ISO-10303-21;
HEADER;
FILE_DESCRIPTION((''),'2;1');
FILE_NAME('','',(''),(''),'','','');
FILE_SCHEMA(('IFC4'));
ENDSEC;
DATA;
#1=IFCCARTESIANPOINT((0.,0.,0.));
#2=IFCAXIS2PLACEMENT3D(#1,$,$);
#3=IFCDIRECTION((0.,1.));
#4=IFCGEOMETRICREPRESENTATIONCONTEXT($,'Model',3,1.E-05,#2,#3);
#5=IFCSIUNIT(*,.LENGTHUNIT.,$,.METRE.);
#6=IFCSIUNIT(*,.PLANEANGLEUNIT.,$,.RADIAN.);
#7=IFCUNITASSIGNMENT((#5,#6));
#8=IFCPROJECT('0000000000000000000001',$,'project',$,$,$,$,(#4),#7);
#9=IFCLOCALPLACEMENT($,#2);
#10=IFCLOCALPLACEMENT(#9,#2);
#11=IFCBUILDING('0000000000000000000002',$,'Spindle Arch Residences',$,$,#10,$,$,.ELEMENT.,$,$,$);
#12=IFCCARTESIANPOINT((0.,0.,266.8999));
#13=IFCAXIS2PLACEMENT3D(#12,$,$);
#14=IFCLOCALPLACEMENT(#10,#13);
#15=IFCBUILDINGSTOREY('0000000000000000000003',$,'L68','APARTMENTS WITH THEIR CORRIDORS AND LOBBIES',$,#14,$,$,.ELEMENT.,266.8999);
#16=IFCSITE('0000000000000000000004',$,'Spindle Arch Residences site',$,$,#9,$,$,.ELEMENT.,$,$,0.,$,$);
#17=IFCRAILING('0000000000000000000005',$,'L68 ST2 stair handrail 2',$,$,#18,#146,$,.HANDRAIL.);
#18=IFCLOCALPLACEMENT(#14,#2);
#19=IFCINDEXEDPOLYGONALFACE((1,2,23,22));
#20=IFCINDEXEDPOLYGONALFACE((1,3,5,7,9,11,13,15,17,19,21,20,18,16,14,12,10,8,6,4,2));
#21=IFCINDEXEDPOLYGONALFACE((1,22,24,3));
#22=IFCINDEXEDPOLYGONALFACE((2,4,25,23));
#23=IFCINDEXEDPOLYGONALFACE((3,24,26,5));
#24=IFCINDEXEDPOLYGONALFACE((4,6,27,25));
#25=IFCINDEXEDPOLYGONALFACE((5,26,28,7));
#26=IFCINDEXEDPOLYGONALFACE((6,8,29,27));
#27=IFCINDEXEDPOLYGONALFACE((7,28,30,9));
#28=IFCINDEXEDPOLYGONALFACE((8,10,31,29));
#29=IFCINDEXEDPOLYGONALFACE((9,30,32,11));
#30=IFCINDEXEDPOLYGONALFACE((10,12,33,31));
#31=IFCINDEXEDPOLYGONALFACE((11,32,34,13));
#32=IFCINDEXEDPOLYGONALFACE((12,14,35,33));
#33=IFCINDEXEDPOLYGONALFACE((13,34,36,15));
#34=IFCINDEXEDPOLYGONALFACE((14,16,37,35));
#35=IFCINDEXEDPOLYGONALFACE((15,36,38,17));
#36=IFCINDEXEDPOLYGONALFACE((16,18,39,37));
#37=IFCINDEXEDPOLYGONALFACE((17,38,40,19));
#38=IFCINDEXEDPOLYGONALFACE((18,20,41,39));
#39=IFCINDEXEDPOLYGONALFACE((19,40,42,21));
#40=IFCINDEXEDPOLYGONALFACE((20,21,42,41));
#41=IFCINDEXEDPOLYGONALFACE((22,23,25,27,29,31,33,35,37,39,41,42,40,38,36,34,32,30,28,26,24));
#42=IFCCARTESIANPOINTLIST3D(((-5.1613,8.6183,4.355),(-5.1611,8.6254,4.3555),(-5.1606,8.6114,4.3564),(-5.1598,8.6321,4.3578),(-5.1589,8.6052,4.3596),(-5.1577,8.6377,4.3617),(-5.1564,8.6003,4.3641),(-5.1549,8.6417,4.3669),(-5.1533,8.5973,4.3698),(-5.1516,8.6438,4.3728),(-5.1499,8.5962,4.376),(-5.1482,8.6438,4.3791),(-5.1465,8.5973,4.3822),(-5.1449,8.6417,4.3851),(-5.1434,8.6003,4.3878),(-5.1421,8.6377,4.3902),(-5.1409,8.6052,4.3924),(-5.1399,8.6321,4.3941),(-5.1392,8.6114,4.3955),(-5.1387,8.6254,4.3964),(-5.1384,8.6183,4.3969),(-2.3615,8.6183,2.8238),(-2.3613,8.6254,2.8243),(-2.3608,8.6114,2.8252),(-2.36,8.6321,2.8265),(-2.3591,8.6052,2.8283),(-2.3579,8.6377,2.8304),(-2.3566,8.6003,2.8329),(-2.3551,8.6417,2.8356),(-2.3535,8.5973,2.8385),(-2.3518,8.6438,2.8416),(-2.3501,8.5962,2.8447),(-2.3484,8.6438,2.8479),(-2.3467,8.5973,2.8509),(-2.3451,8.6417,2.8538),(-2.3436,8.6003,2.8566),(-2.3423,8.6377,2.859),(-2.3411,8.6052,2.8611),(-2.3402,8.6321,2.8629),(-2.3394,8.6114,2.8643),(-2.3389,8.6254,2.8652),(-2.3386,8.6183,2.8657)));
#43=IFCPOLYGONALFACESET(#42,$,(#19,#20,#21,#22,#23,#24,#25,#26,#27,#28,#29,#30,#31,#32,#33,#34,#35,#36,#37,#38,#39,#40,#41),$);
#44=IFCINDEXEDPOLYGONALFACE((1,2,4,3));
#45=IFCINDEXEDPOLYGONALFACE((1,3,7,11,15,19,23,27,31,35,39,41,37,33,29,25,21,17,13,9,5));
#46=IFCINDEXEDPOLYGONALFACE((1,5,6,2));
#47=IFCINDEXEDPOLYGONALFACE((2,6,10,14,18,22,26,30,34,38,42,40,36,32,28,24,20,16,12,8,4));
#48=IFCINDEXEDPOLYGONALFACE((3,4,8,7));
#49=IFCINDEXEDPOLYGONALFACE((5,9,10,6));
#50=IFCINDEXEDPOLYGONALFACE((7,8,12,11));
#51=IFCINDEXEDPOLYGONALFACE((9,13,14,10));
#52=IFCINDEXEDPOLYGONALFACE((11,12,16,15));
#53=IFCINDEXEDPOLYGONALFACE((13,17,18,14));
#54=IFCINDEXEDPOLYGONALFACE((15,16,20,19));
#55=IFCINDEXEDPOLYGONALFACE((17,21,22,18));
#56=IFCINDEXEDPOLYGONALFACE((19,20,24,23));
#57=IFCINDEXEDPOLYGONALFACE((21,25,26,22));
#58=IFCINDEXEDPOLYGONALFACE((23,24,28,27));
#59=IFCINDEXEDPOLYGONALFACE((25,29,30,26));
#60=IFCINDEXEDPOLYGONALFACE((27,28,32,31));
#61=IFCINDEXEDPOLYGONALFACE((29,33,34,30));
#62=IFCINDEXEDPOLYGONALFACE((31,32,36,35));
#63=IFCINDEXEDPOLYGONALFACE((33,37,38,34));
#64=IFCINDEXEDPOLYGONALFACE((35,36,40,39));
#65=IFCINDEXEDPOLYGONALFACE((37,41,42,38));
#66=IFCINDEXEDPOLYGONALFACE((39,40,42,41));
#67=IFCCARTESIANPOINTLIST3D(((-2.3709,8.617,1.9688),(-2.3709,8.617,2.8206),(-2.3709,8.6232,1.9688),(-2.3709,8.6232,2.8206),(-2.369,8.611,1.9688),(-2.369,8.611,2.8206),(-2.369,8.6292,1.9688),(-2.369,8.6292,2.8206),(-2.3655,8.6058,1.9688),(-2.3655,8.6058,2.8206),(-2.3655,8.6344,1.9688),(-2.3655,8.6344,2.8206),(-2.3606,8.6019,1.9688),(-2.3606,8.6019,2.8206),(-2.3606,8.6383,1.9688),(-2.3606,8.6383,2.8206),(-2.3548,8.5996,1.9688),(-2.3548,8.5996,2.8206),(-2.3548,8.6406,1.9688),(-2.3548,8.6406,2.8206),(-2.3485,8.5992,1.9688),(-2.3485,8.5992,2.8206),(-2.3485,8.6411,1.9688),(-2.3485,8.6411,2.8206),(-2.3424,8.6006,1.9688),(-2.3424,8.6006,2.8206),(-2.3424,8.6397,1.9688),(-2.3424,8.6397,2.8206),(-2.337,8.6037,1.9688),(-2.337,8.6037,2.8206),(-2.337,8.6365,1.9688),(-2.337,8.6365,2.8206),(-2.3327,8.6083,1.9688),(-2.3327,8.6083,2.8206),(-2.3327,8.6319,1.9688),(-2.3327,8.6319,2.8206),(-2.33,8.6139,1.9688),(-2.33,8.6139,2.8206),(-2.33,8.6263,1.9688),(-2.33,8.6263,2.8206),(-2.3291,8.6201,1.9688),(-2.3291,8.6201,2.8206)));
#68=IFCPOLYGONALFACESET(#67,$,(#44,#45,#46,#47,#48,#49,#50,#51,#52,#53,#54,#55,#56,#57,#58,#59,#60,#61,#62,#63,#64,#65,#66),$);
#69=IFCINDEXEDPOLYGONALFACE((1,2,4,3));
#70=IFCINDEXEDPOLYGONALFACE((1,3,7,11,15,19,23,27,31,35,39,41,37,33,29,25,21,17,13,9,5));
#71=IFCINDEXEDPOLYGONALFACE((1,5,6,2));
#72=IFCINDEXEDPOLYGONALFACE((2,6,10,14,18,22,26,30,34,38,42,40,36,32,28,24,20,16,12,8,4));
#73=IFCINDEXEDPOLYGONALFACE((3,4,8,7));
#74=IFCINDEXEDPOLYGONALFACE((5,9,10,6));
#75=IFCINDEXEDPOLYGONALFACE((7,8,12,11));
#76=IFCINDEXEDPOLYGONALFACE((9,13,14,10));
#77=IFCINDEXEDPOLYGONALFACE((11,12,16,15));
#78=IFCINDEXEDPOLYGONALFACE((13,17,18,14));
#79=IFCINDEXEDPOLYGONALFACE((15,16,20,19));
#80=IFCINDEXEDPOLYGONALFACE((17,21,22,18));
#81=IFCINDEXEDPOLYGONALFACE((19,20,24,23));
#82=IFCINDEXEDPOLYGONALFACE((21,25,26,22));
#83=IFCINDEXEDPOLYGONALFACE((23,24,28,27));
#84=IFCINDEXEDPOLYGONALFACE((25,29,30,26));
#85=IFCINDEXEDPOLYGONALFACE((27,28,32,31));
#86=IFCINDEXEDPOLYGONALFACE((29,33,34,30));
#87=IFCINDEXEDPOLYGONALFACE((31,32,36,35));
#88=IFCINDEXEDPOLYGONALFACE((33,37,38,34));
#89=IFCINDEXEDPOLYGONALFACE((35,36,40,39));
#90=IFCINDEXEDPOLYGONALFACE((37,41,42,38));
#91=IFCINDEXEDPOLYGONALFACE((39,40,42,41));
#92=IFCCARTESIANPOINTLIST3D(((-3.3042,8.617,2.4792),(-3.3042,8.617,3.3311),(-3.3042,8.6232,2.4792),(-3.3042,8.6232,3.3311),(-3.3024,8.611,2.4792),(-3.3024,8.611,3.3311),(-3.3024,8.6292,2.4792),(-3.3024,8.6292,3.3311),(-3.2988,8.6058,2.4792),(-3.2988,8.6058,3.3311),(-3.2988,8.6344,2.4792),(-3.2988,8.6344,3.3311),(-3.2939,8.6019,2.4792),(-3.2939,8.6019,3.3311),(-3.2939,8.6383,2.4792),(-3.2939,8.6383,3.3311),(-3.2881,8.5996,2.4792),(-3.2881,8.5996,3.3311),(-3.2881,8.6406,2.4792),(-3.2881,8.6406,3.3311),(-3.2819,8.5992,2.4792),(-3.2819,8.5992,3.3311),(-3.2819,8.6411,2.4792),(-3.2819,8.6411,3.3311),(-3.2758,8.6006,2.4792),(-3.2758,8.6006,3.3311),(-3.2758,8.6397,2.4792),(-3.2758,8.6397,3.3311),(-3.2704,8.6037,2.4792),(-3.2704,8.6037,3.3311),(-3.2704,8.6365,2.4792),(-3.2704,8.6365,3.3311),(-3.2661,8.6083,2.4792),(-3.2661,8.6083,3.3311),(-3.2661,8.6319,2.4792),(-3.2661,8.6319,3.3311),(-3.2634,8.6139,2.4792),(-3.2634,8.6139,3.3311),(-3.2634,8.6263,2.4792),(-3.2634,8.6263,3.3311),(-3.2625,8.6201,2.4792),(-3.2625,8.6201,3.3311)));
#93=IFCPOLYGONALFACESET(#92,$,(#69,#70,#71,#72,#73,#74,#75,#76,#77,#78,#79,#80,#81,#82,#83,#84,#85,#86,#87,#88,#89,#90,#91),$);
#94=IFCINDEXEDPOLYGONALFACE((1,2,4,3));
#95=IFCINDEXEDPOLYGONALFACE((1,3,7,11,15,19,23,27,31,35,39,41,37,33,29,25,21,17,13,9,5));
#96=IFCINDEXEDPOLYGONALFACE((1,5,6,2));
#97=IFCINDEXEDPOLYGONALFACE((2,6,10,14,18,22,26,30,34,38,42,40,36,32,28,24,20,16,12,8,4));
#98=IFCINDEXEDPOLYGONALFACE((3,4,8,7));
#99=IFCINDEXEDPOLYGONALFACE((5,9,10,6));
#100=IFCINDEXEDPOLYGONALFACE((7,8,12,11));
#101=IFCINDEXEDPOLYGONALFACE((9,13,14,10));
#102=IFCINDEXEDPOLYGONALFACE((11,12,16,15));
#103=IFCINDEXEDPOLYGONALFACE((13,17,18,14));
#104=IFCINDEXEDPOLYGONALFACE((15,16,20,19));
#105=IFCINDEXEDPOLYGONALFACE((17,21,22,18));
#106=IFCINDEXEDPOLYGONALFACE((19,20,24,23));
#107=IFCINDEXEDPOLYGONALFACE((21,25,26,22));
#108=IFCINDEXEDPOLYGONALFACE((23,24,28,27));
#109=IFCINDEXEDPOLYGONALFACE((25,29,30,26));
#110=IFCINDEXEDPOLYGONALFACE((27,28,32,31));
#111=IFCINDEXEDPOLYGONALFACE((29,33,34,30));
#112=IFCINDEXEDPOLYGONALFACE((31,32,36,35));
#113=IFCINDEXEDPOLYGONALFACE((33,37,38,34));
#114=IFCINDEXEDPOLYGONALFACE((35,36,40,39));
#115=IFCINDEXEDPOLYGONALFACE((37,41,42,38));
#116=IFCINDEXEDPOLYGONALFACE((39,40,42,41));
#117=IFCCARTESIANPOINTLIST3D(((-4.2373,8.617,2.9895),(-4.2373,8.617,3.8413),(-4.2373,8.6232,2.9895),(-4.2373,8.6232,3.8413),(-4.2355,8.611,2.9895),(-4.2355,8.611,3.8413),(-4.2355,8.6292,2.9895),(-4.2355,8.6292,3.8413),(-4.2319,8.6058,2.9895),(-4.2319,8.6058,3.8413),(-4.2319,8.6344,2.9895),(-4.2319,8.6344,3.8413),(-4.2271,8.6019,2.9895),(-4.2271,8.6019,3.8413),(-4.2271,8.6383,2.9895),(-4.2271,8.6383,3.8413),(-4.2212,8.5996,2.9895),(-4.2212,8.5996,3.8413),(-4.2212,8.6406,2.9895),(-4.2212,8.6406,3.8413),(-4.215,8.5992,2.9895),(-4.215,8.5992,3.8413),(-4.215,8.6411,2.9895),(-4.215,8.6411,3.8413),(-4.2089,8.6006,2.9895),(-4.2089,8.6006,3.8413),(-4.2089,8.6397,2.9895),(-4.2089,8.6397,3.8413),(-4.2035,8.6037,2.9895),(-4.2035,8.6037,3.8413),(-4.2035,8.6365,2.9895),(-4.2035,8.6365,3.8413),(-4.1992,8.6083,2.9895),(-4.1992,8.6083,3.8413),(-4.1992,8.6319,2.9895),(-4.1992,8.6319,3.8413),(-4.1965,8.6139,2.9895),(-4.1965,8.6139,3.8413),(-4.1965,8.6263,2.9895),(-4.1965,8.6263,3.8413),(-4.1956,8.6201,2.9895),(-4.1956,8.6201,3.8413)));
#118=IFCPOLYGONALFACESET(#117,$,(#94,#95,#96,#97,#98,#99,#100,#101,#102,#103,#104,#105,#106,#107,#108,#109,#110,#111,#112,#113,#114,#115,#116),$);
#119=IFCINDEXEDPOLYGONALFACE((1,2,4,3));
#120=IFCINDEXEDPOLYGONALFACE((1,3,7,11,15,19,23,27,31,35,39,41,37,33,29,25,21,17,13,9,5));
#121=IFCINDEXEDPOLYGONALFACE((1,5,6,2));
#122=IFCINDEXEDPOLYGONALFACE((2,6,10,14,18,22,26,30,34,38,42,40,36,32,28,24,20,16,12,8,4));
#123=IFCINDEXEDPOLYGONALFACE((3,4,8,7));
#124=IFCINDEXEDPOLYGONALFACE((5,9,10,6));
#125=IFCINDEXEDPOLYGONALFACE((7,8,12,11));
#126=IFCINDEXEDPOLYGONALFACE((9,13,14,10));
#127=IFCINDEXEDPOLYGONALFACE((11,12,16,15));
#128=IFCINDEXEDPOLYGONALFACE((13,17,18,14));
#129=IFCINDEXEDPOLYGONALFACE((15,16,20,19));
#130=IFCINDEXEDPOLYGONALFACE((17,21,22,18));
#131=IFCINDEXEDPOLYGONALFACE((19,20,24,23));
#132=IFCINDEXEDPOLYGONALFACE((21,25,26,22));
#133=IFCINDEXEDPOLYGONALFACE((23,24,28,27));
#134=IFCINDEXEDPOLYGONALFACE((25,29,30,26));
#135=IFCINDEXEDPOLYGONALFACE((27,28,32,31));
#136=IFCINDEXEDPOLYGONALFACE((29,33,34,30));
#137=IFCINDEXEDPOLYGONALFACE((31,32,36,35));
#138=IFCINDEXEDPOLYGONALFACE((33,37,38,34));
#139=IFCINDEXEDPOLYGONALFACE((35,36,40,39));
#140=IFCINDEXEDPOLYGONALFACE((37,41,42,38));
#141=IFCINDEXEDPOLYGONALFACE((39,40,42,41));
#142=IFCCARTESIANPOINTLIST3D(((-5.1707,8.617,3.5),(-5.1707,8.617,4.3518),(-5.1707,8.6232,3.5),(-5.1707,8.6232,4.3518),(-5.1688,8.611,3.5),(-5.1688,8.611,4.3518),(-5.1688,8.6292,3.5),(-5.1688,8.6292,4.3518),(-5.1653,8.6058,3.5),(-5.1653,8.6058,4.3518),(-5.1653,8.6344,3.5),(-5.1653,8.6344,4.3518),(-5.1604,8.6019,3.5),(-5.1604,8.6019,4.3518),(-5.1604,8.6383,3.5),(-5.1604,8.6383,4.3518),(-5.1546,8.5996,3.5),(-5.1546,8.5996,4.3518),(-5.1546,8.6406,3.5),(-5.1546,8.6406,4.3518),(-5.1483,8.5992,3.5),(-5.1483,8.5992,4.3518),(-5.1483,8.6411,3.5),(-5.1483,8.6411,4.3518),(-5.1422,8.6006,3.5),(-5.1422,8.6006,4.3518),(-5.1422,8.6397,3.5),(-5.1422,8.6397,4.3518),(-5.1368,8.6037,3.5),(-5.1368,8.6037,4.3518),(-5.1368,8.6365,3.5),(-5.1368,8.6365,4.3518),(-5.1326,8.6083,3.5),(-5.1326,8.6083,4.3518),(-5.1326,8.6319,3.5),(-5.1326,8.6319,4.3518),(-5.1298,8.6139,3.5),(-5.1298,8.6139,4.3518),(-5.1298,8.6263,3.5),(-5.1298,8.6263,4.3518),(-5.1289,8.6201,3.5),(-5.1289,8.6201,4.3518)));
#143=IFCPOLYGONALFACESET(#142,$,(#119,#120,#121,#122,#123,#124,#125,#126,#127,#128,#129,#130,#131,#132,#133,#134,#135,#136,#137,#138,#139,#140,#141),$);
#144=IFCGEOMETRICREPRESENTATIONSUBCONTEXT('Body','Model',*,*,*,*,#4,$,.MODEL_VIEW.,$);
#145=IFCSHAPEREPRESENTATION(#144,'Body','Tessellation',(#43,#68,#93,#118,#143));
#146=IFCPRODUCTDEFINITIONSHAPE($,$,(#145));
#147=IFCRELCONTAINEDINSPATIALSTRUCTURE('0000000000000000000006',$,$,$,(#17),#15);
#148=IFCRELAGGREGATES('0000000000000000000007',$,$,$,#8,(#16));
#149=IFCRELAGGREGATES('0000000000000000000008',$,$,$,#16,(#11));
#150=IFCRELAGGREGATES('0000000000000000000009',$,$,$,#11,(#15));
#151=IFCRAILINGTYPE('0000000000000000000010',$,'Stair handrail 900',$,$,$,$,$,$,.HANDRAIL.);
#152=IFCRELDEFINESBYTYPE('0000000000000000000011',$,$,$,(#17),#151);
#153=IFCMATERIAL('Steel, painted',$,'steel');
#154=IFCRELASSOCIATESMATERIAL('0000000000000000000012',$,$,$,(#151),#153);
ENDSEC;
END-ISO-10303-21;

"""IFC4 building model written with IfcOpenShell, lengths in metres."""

from ifc_helpers import new_model, si_unit, direction, frame, origin, origin_2d, place, context, subcontext, project, spatial, circle, extrude, material, type_object, element, save


model = new_model("IFC4")

# Units and contexts
model_context = context("Model", 3, precision=1e-05, world=origin(), true_north=direction((0.0, 1.0)))
body_context = subcontext(model_context, "Body", "Model", "MODEL_VIEW")
ifc_project = project(units=[si_unit("LENGTHUNIT", "METRE"), si_unit("PLANEANGLEUNIT", "RADIAN")], contexts=[model_context])

# Site, building, storey
site_placement = place(None, origin())
site = spatial("IfcSite", under=ifc_project, at=site_placement, Name="Spindle Arch Residences site", CompositionType="ELEMENT", RefElevation=0.0)
building_placement = place(site_placement, origin())
building = spatial("IfcBuilding", under=site, at=building_placement, Name="Spindle Arch Residences", CompositionType="ELEMENT")
storey_placement = place(building_placement, frame((0.0, 0.0, 266.8999)))
storey = spatial("IfcBuildingStorey", under=building, at=storey_placement, Name="L68", Description="APARTMENTS WITH THEIR CORRIDORS AND LOBBIES", CompositionType="ELEMENT", Elevation=266.8999)

# Railing
ifc_material_1 = material(Name="Steel, painted", Category="steel")
railing_type_1 = type_object("IfcRailingType", Name="Stair handrail 900", PredefinedType="HANDRAIL", material=ifc_material_1)
railing_1_placement = place(storey_placement, frame((-2.3501, 8.6201, 1.9688)))
element("IfcRailing", 1, at=railing_1_placement, inside=storey, type_object=railing_type_1, Name="L68 ST2 stair handrail 2", PredefinedType="HANDRAIL", context=body_context, shape_type="SweptSolid", body=[
    extrude(circle(Radius=0.0239, at=origin_2d()), frame((0.0, 0.0, 0.876), z_axis=(-0.877357, 0.0, 0.479838), x_axis=(0.0, -1.0, 0.0)), (0.0, 0.0, 1.0), 3.1912),
    extrude(circle(Radius=0.021, at=origin_2d()), origin(), (0.0, 0.0, 1.0), 0.8518),
    extrude(circle(Radius=0.021, at=origin_2d()), frame((-0.9333, 0.0, 0.5105)), (0.0, 0.0, 1.0), 0.8518),
    extrude(circle(Radius=0.021, at=origin_2d()), frame((-1.8665, 0.0, 1.0208)), (0.0, 0.0, 1.0), 0.8518),
    extrude(circle(Radius=0.021, at=origin_2d()), frame((-2.7998, 0.0, 1.5312)), (0.0, 0.0, 1.0), 0.8518),
])

save(model, "model.ifc")
